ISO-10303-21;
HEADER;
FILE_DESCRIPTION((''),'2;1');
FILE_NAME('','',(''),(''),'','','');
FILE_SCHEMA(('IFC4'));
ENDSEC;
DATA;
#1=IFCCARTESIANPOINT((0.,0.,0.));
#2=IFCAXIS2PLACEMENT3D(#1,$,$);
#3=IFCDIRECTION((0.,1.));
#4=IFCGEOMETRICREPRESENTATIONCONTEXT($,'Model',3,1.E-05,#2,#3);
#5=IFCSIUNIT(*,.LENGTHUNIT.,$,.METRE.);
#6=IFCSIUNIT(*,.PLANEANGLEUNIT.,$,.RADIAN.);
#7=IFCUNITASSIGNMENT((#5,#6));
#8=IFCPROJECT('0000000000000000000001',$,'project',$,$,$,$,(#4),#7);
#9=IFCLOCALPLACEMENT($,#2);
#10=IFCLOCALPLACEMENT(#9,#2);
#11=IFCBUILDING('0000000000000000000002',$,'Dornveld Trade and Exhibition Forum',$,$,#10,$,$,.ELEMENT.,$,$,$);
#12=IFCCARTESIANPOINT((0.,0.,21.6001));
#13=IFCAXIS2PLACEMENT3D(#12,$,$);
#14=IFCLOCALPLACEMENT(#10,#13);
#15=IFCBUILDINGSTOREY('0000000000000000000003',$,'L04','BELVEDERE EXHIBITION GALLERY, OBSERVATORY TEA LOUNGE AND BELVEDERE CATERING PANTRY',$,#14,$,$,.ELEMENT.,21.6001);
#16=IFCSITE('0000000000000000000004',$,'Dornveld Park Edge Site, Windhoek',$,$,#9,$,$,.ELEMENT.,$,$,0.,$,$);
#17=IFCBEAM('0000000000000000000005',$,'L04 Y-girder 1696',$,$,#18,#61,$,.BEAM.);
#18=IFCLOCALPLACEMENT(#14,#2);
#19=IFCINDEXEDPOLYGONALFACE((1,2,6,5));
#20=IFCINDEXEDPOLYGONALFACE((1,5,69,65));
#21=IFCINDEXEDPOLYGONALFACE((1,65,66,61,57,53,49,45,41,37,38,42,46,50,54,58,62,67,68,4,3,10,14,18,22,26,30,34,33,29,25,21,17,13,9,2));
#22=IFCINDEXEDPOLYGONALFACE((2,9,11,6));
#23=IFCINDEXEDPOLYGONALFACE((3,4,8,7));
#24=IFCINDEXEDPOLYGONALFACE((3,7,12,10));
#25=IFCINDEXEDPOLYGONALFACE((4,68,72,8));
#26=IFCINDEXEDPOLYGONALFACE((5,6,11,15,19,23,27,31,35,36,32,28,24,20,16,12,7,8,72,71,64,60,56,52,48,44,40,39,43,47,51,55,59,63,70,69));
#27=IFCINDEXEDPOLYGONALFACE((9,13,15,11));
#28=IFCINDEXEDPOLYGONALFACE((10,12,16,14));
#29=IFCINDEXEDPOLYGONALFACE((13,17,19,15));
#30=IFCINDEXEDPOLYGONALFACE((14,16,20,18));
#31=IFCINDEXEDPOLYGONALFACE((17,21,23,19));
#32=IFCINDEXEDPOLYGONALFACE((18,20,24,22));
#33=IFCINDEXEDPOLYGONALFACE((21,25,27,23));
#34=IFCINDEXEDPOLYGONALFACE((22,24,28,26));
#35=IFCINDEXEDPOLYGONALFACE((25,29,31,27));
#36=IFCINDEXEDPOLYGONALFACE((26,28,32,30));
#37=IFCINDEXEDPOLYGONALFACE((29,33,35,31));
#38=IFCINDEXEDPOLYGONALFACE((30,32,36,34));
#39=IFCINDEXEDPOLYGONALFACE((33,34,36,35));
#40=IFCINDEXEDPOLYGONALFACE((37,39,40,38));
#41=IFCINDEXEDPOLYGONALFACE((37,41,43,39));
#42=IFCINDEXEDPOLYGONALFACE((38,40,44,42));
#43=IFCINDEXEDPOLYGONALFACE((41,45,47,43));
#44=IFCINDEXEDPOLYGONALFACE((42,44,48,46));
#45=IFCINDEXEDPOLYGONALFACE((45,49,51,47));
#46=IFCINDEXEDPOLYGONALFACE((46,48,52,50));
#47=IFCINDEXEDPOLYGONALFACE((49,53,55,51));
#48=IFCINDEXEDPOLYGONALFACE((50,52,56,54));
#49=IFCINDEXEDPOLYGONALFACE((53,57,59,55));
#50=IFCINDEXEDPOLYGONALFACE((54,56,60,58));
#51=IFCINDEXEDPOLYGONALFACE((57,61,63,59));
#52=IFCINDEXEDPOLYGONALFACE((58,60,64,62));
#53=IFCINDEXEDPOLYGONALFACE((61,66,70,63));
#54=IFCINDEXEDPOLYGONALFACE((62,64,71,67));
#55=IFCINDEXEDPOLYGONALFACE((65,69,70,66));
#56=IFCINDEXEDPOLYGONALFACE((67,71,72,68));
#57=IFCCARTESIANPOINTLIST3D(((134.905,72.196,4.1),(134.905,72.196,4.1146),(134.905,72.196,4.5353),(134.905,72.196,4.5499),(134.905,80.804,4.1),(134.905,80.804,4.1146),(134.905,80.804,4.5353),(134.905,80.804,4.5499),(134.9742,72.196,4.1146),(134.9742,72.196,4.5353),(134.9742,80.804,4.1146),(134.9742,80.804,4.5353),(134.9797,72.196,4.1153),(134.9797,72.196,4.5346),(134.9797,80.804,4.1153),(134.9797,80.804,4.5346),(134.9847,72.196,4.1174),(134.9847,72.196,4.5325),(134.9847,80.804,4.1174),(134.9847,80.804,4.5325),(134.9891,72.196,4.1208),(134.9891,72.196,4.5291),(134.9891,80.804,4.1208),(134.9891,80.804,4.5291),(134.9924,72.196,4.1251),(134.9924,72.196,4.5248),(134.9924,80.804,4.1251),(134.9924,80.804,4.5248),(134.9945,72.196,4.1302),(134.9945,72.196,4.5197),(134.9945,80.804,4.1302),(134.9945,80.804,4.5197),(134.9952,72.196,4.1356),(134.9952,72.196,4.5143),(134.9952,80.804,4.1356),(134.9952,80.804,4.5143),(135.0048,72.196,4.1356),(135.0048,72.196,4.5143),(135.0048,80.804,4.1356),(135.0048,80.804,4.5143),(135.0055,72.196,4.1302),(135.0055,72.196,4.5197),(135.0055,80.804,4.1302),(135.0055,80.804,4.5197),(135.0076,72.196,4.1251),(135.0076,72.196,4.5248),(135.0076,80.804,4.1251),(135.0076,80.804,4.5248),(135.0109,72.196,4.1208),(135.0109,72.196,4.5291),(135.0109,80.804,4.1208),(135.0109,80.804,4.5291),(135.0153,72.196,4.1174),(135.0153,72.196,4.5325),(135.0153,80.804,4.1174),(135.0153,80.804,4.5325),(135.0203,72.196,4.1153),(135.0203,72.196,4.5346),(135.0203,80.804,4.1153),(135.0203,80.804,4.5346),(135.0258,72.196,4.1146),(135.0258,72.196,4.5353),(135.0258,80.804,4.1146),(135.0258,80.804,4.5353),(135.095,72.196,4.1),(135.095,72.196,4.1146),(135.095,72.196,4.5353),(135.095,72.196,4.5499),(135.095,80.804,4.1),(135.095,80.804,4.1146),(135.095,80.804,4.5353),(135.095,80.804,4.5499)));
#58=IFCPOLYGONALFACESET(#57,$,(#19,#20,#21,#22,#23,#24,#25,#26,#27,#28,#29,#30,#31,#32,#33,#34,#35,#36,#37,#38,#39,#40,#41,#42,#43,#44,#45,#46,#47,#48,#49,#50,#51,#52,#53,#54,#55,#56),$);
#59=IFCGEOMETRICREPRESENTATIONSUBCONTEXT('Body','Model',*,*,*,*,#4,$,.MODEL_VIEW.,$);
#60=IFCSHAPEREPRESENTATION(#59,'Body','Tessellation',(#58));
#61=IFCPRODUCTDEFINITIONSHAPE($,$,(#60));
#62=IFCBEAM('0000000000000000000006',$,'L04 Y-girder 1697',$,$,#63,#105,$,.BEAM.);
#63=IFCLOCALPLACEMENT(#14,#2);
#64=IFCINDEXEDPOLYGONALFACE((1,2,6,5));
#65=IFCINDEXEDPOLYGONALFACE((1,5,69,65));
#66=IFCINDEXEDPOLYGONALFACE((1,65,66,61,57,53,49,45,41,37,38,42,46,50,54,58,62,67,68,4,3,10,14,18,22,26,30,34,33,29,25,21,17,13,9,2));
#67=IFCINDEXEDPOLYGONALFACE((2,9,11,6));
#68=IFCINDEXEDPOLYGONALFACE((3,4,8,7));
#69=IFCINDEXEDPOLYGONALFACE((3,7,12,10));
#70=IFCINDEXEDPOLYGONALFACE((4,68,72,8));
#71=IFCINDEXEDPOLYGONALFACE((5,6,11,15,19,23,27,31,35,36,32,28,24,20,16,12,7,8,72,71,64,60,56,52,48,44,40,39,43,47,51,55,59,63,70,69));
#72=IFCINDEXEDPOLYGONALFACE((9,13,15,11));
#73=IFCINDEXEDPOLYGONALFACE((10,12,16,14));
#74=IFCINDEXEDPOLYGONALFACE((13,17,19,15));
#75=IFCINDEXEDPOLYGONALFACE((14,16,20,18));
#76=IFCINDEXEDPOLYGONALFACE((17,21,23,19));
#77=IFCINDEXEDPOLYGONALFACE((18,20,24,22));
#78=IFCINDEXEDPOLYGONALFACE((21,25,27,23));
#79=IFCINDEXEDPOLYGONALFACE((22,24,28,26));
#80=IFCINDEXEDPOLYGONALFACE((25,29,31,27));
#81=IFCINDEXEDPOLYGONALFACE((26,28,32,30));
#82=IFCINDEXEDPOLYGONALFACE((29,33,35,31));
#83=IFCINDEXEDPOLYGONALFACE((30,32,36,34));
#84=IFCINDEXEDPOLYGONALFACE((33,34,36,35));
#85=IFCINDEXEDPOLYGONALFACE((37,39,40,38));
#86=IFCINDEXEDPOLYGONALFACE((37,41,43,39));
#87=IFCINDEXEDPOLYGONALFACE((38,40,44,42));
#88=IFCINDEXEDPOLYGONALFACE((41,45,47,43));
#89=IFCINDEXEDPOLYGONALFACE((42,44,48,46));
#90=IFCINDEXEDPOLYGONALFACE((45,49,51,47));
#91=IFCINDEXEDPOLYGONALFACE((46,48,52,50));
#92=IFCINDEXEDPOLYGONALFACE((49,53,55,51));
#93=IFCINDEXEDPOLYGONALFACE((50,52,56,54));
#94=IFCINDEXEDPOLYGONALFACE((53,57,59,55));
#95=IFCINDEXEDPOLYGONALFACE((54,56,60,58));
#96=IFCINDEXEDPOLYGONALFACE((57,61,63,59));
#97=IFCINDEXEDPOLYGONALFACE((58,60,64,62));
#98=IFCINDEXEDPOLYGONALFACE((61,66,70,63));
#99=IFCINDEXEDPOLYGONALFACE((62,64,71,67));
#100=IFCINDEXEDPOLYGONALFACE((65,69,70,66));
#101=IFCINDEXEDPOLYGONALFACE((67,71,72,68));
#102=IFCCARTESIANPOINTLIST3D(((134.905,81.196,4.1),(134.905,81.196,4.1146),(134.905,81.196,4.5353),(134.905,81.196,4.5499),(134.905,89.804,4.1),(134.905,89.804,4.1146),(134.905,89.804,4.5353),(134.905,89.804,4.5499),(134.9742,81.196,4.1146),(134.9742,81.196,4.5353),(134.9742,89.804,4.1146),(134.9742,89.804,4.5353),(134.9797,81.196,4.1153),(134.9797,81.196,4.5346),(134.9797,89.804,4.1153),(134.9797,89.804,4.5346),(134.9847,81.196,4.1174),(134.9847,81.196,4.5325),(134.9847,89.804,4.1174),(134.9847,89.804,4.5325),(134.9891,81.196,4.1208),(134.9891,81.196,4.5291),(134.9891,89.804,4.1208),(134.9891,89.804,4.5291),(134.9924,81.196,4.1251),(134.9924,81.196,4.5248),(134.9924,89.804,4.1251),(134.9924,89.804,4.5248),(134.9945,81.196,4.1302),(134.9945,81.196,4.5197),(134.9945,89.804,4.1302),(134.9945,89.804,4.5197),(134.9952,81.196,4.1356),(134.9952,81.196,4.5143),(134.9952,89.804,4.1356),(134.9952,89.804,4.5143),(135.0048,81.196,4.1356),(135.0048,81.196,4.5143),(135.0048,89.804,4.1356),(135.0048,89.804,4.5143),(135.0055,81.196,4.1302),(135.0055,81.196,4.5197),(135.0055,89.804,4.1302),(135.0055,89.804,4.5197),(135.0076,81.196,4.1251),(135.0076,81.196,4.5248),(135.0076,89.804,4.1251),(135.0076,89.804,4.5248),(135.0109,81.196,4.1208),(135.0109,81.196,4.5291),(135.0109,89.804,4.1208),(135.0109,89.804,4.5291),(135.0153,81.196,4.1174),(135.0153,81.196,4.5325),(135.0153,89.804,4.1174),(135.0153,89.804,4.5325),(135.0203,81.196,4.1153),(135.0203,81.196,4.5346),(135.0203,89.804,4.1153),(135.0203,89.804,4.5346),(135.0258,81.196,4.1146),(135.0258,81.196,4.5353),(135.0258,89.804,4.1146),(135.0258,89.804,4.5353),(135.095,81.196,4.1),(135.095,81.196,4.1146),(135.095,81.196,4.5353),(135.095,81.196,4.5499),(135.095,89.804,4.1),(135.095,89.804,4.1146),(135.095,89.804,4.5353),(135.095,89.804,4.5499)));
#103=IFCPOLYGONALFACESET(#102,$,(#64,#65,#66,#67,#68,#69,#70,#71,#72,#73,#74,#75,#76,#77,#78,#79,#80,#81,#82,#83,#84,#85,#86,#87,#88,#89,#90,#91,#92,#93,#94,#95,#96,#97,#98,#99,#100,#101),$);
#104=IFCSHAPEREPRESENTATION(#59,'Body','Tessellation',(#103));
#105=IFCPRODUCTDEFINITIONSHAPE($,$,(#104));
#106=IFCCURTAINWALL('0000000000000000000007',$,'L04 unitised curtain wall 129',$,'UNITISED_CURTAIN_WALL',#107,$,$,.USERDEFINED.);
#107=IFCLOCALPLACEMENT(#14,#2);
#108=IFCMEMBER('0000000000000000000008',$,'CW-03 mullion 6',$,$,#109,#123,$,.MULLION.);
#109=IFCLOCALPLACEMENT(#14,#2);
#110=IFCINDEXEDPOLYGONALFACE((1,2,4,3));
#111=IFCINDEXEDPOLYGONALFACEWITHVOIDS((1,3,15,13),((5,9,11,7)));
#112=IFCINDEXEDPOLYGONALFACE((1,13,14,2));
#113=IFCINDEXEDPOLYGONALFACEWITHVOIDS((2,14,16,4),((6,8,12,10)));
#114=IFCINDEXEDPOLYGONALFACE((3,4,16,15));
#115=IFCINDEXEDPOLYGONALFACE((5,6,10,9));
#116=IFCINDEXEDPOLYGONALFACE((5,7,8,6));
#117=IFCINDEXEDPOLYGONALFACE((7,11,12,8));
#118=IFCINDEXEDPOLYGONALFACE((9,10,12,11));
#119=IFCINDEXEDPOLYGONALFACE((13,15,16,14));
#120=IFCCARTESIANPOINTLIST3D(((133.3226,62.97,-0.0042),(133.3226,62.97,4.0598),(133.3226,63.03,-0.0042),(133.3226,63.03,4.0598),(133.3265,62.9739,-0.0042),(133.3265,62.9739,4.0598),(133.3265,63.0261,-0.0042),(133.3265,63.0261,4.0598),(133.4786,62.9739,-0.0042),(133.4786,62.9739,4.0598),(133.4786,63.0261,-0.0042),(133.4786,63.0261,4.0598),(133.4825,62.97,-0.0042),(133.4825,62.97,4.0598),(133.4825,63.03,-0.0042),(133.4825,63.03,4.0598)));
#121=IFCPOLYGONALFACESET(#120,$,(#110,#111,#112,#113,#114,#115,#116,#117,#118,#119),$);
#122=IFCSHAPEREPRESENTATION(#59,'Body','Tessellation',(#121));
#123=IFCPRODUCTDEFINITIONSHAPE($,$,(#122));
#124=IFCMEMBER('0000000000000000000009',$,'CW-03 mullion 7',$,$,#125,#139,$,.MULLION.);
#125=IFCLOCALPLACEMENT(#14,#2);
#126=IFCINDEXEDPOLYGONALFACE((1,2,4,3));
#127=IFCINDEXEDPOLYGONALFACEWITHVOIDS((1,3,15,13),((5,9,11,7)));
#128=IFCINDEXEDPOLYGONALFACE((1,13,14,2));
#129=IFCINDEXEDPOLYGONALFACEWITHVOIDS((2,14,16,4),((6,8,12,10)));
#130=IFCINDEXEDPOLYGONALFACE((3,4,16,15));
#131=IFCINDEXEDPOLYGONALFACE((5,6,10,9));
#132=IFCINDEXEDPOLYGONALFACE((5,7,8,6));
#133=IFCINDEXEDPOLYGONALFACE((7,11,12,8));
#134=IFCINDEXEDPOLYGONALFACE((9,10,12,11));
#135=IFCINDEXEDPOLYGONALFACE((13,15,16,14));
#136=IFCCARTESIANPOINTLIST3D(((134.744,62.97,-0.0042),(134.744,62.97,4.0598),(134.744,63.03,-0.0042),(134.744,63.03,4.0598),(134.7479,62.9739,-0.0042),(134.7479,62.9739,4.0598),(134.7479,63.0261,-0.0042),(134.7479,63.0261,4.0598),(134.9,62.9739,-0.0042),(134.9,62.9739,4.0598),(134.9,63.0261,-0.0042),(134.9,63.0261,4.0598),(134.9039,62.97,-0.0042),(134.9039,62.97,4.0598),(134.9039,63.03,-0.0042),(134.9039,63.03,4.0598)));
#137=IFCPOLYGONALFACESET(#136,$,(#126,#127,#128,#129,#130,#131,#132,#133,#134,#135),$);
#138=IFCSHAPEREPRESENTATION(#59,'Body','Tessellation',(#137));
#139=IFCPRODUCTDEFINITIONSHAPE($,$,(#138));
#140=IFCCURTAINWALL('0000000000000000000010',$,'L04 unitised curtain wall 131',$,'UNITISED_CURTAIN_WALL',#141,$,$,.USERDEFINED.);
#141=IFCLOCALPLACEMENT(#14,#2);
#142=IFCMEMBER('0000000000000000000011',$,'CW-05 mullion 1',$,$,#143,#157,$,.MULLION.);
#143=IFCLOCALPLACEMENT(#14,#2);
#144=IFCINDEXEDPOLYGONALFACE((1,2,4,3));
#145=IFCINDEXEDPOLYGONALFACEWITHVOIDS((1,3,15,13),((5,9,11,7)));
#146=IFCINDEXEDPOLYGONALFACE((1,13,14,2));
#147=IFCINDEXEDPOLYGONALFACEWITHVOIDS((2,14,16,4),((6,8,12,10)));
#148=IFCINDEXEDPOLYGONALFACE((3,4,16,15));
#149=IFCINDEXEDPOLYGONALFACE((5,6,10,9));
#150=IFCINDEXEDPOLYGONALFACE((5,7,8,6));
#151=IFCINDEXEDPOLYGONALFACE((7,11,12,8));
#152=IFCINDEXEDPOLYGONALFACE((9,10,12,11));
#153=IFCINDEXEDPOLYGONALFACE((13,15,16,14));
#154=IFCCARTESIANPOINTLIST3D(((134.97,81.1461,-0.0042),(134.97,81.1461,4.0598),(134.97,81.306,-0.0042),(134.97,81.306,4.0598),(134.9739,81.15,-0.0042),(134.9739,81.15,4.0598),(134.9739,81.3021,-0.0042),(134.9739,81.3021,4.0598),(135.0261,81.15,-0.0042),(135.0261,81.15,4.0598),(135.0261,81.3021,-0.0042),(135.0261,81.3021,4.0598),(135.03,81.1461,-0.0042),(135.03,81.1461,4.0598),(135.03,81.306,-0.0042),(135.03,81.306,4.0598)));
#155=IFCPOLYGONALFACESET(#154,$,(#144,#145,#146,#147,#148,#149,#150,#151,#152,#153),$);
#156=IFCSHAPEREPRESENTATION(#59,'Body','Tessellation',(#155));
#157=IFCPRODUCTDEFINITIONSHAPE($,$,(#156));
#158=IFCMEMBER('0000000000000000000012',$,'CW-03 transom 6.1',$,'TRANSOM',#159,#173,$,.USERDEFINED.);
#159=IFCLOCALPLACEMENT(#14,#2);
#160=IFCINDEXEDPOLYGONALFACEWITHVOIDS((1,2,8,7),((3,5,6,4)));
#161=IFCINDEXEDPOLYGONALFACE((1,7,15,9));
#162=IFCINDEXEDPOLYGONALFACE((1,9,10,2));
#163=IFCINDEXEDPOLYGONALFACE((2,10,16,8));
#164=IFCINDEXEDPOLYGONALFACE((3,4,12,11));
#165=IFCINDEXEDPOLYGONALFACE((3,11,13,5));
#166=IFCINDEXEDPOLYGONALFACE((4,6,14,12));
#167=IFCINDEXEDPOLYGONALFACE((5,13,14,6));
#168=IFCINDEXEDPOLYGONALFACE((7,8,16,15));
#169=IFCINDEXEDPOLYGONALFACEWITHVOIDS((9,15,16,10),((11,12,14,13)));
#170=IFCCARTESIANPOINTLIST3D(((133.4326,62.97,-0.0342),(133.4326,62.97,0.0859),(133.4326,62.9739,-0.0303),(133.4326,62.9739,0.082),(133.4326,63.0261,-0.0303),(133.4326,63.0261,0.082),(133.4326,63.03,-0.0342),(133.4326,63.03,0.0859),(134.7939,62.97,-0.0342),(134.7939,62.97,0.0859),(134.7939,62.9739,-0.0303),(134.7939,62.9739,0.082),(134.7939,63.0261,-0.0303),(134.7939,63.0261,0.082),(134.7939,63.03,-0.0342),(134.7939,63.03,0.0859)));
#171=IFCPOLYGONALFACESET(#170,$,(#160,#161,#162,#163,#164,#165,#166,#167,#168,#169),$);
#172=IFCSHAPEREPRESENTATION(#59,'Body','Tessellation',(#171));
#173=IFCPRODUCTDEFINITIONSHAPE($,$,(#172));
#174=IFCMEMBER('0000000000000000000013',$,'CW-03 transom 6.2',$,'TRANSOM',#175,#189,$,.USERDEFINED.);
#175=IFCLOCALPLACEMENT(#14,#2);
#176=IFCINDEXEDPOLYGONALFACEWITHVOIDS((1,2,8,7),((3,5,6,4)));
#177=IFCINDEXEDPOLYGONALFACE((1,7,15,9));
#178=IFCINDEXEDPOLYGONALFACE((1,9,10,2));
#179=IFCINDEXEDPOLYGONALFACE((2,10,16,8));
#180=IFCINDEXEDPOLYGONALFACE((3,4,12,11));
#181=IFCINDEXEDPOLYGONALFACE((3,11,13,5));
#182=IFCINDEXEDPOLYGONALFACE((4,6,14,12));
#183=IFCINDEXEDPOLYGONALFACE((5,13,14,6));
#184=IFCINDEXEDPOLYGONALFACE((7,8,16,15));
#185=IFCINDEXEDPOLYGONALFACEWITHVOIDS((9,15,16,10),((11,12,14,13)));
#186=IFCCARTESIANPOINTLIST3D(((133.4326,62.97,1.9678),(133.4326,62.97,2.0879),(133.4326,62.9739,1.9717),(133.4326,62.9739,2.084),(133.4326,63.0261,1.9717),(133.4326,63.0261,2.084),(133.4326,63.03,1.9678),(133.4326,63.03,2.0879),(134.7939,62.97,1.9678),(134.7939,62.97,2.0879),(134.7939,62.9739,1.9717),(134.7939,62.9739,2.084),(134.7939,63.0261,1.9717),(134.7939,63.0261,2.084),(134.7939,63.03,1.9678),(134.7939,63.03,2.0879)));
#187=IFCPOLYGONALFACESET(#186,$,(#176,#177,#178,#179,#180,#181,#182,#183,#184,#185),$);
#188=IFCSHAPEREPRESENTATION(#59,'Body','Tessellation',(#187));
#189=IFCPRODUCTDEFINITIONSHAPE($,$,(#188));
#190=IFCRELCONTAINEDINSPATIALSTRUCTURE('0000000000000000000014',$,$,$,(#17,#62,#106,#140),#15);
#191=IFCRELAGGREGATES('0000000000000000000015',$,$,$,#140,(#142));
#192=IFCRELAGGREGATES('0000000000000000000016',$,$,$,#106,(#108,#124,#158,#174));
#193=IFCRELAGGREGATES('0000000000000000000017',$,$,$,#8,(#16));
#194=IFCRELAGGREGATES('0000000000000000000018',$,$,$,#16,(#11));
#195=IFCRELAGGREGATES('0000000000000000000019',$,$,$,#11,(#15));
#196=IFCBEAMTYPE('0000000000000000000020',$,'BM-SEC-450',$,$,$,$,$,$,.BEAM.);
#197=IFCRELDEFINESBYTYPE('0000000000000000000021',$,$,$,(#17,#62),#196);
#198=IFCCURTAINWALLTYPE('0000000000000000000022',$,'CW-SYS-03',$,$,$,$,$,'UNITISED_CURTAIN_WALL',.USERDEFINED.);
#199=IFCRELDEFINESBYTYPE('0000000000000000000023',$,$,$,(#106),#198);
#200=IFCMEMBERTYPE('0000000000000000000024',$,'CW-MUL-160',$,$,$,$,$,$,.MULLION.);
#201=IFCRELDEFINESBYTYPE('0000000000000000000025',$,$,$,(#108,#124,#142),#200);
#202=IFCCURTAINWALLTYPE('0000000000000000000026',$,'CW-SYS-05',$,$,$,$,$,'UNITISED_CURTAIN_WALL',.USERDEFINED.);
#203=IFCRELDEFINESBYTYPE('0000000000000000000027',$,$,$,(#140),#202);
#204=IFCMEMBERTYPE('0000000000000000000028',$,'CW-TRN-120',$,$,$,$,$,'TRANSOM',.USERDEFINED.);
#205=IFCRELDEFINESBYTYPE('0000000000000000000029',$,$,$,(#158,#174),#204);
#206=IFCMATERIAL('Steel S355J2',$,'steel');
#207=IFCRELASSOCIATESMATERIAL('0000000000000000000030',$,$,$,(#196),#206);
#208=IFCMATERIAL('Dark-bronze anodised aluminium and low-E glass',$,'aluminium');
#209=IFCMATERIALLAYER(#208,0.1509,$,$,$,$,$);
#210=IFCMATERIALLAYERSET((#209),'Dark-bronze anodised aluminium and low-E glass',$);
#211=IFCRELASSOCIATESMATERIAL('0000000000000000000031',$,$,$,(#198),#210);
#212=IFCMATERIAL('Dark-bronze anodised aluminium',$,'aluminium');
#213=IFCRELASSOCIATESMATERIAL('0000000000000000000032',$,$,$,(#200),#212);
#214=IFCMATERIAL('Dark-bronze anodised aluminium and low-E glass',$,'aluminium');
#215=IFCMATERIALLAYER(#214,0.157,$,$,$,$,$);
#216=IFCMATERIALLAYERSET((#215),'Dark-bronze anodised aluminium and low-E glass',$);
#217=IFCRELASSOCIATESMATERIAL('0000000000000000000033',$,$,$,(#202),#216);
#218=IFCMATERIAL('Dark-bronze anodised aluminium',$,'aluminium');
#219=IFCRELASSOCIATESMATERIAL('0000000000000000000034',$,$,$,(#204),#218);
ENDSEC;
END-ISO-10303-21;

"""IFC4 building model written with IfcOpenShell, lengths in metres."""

from ifc_helpers import new_model, si_unit, direction, frame, origin, origin_2d, place, context, subcontext, project, spatial, hollow_rectangle, i_section, extrude, material, layer, layer_set, material_profile, profile_set, type_object, element, aggregate, save


model = new_model("IFC4")

# Units and contexts
model_context = context("Model", 3, precision=1e-05, world=origin(), true_north=direction((0.0, 1.0)))
body_context = subcontext(model_context, "Body", "Model", "MODEL_VIEW")
ifc_project = project(units=[si_unit("LENGTHUNIT", "METRE"), si_unit("PLANEANGLEUNIT", "RADIAN")], contexts=[model_context])

# Site, building, storey
site_placement = place(None, origin())
site = spatial("IfcSite", under=ifc_project, at=site_placement, Name="Dornveld Park Edge Site, Windhoek", CompositionType="ELEMENT", RefElevation=0.0)
building_placement = place(site_placement, origin())
building = spatial("IfcBuilding", under=site, at=building_placement, Name="Dornveld Trade and Exhibition Forum", CompositionType="ELEMENT")
storey_placement = place(building_placement, frame((0.0, 0.0, 21.6001)))
storey = spatial("IfcBuildingStorey", under=building, at=storey_placement, Name="L04", Description="BELVEDERE EXHIBITION GALLERY, OBSERVATORY TEA LOUNGE AND BELVEDERE CATERING PANTRY", CompositionType="ELEMENT", Elevation=21.6001)

# Beams
ifc_material_1 = material(Name="Steel S355J2", Category="steel")
ifc_material_profile_1 = material_profile(ifc_material_1, i_section(OverallWidth=0.1899, OverallDepth=0.45, WebThickness=0.0095, FlangeThickness=0.0146, FilletRadius=0.021, at=origin_2d()), Name="IPE 450")
ifc_profile_set_1 = profile_set([ifc_material_profile_1], Name="Steel S355J2")
beam_type = type_object("IfcBeamType", Name="BM-SEC-450", PredefinedType="BEAM", material=ifc_profile_set_1)
for number, where, z_axis, x_axis, name in (
    (1, (135.0, 72.196, 4.325), (0.0, 1.0, 0.0), (-1.0, 0.0, 0.0), "L04 Y-girder 1696"),
    (2, (135.0, 81.196, 4.325), (0.0, 1.0, 0.0), (-1.0, 0.0, 0.0), "L04 Y-girder 1697"),
):
    element("IfcBeam", number, at=place(storey_placement, frame(where, z_axis=z_axis, x_axis=x_axis)), inside=storey, type_object=beam_type, Name=name, PredefinedType="BEAM", context=body_context, shape_type="SweptSolid", body=[
        extrude(i_section(OverallWidth=0.1899, OverallDepth=0.45, WebThickness=0.0095, FlangeThickness=0.0146, FilletRadius=0.021, at=origin_2d()), origin(), (0.0, 0.0, 1.0), 8.6079),
    ])

# Curtain wall, members
ifc_material_2 = material(Name="Dark-bronze anodised aluminium and low-E glass", Category="aluminium")
ifc_layer_1 = layer(ifc_material_2, 0.1509)
ifc_layer_set_1 = layer_set([ifc_layer_1], Name="Dark-bronze anodised aluminium and low-E glass")
curtain_wall_type_1 = type_object("IfcCurtainWallType", Name="CW-SYS-03", ElementType="UNITISED_CURTAIN_WALL", PredefinedType="USERDEFINED", material=ifc_layer_set_1)
curtain_wall_1_placement = place(storey_placement, origin())
curtain_wall_1 = element("IfcCurtainWall", 3, at=curtain_wall_1_placement, inside=storey, type_object=curtain_wall_type_1, Name="L04 unitised curtain wall 129", ObjectType="UNITISED_CURTAIN_WALL", PredefinedType="USERDEFINED")
ifc_material_3 = material(Name="Dark-bronze anodised aluminium", Category="aluminium")
ifc_material_profile_2 = material_profile(ifc_material_3, hollow_rectangle(XDim=0.0601, YDim=0.1599, WallThickness=0.0039, at=origin_2d()), Name="RHS 160x60x4")
ifc_profile_set_2 = profile_set([ifc_material_profile_2], Name="Dark-bronze anodised aluminium")
member_type_1 = type_object("IfcMemberType", Name="CW-MUL-160", PredefinedType="MULLION", material=ifc_profile_set_2)
member_1_placement = place(storey_placement, frame((133.4026, 63.0, -0.0042), z_axis=(0.0, 0.0, 1.0), x_axis=(0.0, 1.0, 0.0)))
member_1 = element("IfcMember", 4, at=member_1_placement, type_object=member_type_1, Name="CW-03 mullion 6", PredefinedType="MULLION", context=body_context, shape_type="SweptSolid", body=[
    extrude(hollow_rectangle(XDim=0.0601, YDim=0.1599, WallThickness=0.0039, at=origin_2d()), origin(), (0.0, 0.0, 1.0), 4.064),
])
member_2_placement = place(storey_placement, frame((134.824, 63.0, -0.0042), z_axis=(0.0, 0.0, 1.0), x_axis=(0.0, 1.0, 0.0)))
member_2 = element("IfcMember", 5, at=member_2_placement, type_object=member_type_1, Name="CW-03 mullion 7", PredefinedType="MULLION", context=body_context, shape_type="SweptSolid", body=[
    extrude(hollow_rectangle(XDim=0.0601, YDim=0.1599, WallThickness=0.0039, at=origin_2d()), origin(), (0.0, 0.0, 1.0), 4.064),
])

# Curtain wall, member
ifc_material_4 = material(Name="Dark-bronze anodised aluminium and low-E glass", Category="aluminium")
ifc_layer_2 = layer(ifc_material_4, 0.157)
ifc_layer_set_2 = layer_set([ifc_layer_2], Name="Dark-bronze anodised aluminium and low-E glass")
curtain_wall_type_2 = type_object("IfcCurtainWallType", Name="CW-SYS-05", ElementType="UNITISED_CURTAIN_WALL", PredefinedType="USERDEFINED", material=ifc_layer_set_2)
curtain_wall_2_placement = place(storey_placement, origin())
curtain_wall_2 = element("IfcCurtainWall", 6, at=curtain_wall_2_placement, inside=storey, type_object=curtain_wall_type_2, Name="L04 unitised curtain wall 131", ObjectType="UNITISED_CURTAIN_WALL", PredefinedType="USERDEFINED")
member_3_placement = place(storey_placement, frame((135.0, 81.2261, -0.0042), z_axis=(0.0, 0.0, 1.0), x_axis=(-1.0, 0.0, 0.0)))
member_3 = element("IfcMember", 7, at=member_3_placement, type_object=member_type_1, Name="CW-05 mullion 1", PredefinedType="MULLION", context=body_context, shape_type="SweptSolid", body=[
    extrude(hollow_rectangle(XDim=0.0601, YDim=0.1599, WallThickness=0.0039, at=origin_2d()), origin(), (0.0, 0.0, 1.0), 4.064),
])
aggregate(curtain_wall_2, [member_3])

# Members
ifc_material_5 = material(Name="Dark-bronze anodised aluminium", Category="aluminium")
ifc_material_profile_3 = material_profile(ifc_material_5, hollow_rectangle(XDim=0.0601, YDim=0.1201, WallThickness=0.0039, at=origin_2d()), Name="RHS 120x60x4")
ifc_profile_set_3 = profile_set([ifc_material_profile_3], Name="Dark-bronze anodised aluminium")
member_type_2 = type_object("IfcMemberType", Name="CW-TRN-120", ElementType="TRANSOM", PredefinedType="USERDEFINED", material=ifc_profile_set_3)
member_4_placement = place(storey_placement, frame((133.4326, 63.0, 0.0259), z_axis=(1.0, 0.0, 0.0), x_axis=(0.0, 1.0, 0.0)))
member_4 = element("IfcMember", 8, at=member_4_placement, type_object=member_type_2, Name="CW-03 transom 6.1", ObjectType="TRANSOM", PredefinedType="USERDEFINED", context=body_context, shape_type="SweptSolid", body=[
    extrude(hollow_rectangle(XDim=0.0601, YDim=0.1201, WallThickness=0.0039, at=origin_2d()), origin(), (0.0, 0.0, 1.0), 1.3613),
])
member_5_placement = place(storey_placement, frame((133.4326, 63.0, 2.0278), z_axis=(1.0, 0.0, 0.0), x_axis=(0.0, 1.0, 0.0)))
member_5 = element("IfcMember", 9, at=member_5_placement, type_object=member_type_2, Name="CW-03 transom 6.2", ObjectType="TRANSOM", PredefinedType="USERDEFINED", context=body_context, shape_type="SweptSolid", body=[
    extrude(hollow_rectangle(XDim=0.0601, YDim=0.1201, WallThickness=0.0039, at=origin_2d()), origin(), (0.0, 0.0, 1.0), 1.3613),
])

aggregate(curtain_wall_1, [member_1, member_2, member_4, member_5])

save(model, "model.ifc")
